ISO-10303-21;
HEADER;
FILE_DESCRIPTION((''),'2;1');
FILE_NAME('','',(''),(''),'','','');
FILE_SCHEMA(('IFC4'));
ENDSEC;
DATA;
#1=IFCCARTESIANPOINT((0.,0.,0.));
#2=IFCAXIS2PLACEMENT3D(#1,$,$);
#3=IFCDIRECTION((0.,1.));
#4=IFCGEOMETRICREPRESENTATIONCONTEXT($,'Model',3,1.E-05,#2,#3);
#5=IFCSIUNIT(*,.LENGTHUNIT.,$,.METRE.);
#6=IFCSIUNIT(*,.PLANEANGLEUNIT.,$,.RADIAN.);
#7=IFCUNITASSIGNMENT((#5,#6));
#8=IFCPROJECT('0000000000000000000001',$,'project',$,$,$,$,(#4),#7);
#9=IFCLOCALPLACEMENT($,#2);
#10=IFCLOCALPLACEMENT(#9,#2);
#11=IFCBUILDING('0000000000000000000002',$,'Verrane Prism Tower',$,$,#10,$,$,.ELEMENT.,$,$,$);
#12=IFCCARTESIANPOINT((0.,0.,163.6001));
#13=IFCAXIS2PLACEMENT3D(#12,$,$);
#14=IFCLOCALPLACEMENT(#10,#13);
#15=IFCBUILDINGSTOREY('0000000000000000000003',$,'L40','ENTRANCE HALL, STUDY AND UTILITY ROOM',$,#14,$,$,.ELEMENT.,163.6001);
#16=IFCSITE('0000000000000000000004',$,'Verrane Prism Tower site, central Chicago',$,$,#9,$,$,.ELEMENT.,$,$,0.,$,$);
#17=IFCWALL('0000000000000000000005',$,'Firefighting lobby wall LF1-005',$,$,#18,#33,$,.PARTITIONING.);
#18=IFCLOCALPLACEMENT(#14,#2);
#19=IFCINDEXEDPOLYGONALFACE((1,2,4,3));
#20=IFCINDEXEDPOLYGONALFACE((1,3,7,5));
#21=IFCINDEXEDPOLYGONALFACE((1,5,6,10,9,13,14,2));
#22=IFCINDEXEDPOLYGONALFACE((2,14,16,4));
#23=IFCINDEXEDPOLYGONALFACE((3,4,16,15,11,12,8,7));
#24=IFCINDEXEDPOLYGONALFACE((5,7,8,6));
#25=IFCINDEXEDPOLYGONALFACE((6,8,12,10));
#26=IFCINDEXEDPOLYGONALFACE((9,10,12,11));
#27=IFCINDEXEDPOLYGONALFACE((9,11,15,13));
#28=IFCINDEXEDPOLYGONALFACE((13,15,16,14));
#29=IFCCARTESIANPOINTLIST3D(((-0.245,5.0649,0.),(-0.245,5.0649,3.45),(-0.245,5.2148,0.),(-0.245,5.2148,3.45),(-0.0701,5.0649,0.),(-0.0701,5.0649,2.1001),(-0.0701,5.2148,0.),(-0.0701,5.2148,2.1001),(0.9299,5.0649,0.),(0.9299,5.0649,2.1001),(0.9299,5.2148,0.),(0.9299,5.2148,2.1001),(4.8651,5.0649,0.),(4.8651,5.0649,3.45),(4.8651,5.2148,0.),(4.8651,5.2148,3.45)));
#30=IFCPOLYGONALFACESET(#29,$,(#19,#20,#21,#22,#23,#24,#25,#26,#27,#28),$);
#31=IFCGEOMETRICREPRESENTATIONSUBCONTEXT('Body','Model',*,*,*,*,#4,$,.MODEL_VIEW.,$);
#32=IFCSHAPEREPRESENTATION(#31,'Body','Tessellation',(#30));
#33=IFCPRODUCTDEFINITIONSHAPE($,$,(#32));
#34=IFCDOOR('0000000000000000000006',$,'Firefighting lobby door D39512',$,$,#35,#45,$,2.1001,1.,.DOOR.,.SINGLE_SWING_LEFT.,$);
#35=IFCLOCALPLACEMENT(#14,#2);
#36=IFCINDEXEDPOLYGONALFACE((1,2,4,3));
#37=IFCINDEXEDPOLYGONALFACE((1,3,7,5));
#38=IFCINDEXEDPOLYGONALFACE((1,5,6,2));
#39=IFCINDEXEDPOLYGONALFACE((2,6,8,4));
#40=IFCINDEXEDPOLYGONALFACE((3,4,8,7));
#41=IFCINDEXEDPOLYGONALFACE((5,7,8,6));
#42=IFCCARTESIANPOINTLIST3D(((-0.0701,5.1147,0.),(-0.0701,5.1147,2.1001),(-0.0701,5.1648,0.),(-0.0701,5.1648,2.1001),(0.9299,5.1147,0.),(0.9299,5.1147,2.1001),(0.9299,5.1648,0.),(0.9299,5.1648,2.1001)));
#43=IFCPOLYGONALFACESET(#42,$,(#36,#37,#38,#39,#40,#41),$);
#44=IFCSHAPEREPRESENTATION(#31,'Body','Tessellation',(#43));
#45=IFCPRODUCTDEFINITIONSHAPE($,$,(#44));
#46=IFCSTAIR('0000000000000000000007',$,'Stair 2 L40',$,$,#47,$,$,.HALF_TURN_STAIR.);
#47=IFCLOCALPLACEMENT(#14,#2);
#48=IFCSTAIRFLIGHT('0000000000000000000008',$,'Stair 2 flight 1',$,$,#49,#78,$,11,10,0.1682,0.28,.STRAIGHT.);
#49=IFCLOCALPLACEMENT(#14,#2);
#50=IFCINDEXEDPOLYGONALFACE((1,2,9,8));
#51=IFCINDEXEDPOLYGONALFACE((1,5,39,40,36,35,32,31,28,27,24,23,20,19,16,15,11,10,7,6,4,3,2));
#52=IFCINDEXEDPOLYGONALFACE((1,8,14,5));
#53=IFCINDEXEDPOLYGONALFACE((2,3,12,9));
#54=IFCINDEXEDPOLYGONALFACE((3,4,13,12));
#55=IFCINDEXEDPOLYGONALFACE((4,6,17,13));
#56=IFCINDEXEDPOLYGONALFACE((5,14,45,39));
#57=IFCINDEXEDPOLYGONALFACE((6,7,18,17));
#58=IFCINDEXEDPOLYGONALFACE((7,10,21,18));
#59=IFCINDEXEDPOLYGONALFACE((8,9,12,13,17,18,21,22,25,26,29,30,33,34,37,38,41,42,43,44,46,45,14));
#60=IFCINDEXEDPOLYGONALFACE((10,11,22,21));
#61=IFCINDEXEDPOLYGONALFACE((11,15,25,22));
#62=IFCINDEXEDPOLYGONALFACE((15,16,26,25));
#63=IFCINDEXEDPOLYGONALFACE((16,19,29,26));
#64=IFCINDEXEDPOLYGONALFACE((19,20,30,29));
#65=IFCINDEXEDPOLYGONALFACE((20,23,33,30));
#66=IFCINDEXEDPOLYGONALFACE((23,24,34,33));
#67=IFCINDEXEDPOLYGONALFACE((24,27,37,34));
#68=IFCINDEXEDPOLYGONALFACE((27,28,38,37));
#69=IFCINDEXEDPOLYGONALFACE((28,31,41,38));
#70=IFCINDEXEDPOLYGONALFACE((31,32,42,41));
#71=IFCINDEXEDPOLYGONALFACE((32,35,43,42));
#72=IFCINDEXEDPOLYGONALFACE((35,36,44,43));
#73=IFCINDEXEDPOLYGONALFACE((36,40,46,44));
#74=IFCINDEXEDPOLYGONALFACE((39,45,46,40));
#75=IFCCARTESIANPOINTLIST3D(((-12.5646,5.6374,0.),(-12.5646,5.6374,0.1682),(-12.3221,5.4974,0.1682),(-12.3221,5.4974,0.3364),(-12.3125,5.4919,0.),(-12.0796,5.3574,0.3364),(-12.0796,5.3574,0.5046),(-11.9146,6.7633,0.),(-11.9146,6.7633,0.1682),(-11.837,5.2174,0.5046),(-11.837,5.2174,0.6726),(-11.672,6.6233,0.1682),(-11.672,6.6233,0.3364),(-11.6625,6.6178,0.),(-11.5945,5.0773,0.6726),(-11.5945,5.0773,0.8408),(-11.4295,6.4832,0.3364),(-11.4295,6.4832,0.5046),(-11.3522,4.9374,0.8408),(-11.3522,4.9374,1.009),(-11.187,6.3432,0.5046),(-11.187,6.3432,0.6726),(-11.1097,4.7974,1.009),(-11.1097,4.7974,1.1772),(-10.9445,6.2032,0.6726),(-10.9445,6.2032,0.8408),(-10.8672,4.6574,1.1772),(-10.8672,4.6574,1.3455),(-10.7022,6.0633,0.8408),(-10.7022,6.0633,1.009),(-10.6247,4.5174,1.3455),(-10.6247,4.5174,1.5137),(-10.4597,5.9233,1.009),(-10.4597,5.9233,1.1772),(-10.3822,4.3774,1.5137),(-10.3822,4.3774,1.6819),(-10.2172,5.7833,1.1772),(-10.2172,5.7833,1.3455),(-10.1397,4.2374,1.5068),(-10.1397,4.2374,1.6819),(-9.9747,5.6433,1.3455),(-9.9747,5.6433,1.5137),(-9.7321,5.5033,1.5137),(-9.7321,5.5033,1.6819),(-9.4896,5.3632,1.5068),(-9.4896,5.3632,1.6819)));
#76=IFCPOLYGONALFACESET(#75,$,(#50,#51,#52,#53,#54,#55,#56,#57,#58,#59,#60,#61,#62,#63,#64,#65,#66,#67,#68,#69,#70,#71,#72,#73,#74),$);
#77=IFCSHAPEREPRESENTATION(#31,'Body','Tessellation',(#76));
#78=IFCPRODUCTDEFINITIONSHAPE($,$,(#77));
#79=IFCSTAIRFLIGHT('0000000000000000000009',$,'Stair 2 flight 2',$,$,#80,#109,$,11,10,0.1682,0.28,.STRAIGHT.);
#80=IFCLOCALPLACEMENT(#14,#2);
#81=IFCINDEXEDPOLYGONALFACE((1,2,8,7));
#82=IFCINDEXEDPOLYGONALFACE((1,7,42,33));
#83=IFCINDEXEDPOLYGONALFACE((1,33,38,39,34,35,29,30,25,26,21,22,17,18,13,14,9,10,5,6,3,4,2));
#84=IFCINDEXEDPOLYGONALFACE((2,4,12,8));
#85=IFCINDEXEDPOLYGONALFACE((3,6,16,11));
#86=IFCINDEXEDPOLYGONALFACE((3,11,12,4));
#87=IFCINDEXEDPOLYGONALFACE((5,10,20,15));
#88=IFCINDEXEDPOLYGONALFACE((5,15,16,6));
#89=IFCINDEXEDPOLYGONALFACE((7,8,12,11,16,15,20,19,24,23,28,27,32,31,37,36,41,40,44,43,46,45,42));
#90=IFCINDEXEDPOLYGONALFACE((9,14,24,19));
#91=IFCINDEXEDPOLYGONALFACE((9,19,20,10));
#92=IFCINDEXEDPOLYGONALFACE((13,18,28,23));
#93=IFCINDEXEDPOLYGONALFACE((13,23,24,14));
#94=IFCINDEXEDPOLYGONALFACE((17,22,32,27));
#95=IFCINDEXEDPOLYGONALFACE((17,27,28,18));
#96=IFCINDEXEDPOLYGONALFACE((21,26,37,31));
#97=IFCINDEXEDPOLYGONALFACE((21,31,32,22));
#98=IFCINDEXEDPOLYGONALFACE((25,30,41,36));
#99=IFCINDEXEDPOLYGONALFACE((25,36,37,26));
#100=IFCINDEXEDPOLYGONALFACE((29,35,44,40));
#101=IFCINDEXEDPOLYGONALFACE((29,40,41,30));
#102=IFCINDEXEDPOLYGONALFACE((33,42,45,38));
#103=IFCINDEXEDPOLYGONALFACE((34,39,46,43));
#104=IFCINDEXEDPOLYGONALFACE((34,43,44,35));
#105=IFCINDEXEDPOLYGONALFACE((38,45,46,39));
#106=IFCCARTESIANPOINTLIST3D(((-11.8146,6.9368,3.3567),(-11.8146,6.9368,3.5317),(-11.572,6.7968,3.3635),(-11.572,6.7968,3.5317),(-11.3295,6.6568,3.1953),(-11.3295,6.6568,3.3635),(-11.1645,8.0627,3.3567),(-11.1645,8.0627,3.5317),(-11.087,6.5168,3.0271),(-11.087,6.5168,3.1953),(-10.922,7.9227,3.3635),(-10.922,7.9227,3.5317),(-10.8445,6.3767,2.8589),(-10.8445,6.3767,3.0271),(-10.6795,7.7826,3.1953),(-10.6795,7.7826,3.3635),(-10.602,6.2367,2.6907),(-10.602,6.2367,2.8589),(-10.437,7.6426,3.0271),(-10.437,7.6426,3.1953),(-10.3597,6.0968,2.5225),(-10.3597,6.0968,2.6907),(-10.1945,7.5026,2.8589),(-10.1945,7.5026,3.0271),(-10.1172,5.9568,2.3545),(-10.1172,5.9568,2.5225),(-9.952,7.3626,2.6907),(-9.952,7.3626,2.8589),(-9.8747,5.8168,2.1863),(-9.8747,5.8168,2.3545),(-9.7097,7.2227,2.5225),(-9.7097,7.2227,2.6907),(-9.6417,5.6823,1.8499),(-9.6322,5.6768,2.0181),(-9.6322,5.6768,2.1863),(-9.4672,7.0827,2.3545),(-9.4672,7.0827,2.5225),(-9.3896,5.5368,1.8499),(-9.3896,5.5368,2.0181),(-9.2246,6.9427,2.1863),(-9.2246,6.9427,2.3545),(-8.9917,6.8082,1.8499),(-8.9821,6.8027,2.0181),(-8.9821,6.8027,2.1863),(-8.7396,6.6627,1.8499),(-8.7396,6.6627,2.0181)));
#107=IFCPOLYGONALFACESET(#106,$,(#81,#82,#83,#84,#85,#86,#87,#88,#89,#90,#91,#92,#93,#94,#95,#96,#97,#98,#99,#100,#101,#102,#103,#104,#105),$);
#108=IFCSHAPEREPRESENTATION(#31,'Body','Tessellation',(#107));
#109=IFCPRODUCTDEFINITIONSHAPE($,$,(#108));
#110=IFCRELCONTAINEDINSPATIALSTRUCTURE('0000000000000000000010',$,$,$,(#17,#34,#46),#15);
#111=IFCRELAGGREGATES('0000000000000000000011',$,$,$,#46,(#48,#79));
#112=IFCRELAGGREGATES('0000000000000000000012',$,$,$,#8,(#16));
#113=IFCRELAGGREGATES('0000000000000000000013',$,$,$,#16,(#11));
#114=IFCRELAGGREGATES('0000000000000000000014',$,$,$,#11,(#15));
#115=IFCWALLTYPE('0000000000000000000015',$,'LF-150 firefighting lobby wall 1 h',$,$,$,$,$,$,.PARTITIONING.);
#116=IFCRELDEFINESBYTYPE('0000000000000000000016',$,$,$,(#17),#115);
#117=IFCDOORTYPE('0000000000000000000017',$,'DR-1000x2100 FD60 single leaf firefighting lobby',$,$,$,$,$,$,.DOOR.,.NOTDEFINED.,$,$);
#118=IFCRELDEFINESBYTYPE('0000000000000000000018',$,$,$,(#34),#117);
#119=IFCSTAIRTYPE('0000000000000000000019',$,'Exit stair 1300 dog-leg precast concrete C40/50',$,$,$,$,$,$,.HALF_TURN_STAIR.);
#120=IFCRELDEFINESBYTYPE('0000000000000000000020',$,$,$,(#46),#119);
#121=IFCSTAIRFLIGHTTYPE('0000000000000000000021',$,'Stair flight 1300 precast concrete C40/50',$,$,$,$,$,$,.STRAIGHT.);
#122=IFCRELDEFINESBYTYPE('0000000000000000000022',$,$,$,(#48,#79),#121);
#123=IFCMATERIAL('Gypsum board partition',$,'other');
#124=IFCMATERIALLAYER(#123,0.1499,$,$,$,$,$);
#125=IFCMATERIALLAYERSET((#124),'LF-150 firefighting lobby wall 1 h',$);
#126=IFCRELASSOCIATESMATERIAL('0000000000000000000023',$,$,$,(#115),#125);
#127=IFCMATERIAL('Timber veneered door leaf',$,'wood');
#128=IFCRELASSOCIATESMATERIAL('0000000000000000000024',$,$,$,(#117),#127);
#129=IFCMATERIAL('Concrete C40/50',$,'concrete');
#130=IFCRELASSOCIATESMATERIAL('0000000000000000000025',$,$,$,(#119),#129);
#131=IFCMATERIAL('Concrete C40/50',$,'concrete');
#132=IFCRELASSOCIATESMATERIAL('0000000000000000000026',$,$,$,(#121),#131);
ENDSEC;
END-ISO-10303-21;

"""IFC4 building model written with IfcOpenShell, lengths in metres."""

from ifc_helpers import new_model, si_unit, direction, frame, frame_2d, origin, place, context, subcontext, project, spatial, polyline, rectangle, outline, extrude, material, layer, layer_set, type_object, element, fill, aggregate, save


model = new_model("IFC4")

# Units and contexts
model_context = context("Model", 3, precision=1e-05, world=origin(), true_north=direction((0.0, 1.0)))
body_context = subcontext(model_context, "Body", "Model", "MODEL_VIEW")
ifc_project = project(units=[si_unit("LENGTHUNIT", "METRE"), si_unit("PLANEANGLEUNIT", "RADIAN")], contexts=[model_context])

# Site, building, storey
site_placement = place(None, origin())
site = spatial("IfcSite", under=ifc_project, at=site_placement, Name="Verrane Prism Tower site, central Chicago", CompositionType="ELEMENT", RefElevation=0.0)
building_placement = place(site_placement, origin())
building = spatial("IfcBuilding", under=site, at=building_placement, Name="Verrane Prism Tower", CompositionType="ELEMENT")
storey_placement = place(building_placement, frame((0.0, 0.0, 163.6001)))
storey = spatial("IfcBuildingStorey", under=building, at=storey_placement, Name="L40", Description="ENTRANCE HALL, STUDY AND UTILITY ROOM", CompositionType="ELEMENT", Elevation=163.6001)

# Shared definitions
ifc_material_1 = material(Name="Gypsum board partition", Category="other")
ifc_layer_1 = layer(ifc_material_1, 0.1499)
ifc_layer_set_1 = layer_set([ifc_layer_1], Name="LF-150 firefighting lobby wall 1 h")
wall_type_1 = type_object("IfcWallType", Name="LF-150 firefighting lobby wall 1 h", PredefinedType="PARTITIONING", material=ifc_layer_set_1)

# Shared definitions
ifc_material_2 = material(Name="Timber veneered door leaf", Category="wood")
door_type_1 = type_object("IfcDoorType", Name="DR-1000x2100 FD60 single leaf firefighting lobby", OperationType="NOTDEFINED", PredefinedType="DOOR", material=ifc_material_2)

# Wall, opening, door
wall_1_placement = place(storey_placement, frame((-0.2451, 5.1399, 0.0), z_axis=(0.0, 0.0, 1.0), x_axis=(1.0, 0.0, 0.0)))
wall_1 = element("IfcWall", 1, at=wall_1_placement, inside=storey, type_object=wall_type_1, Name="Firefighting lobby wall LF1-005", PredefinedType="PARTITIONING", context=body_context, shape_type="SweptSolid", body=[
    extrude(rectangle(XDim=5.1101, YDim=0.1499, at=frame_2d((2.5552, 0.0))), origin(), (0.0, 0.0, 1.0), 3.45),
])
opening_1_placement = place(wall_1_placement, frame((0.175, 0.0, 0.0)))
opening_1 = element("IfcOpeningElement", 2, at=opening_1_placement, cuts=wall_1, PredefinedType="OPENING", context=body_context, shape_type="SweptSolid", body=[
    extrude(rectangle(XDim=1.0, YDim=2.1001, at=frame_2d((0.5, 1.05))), frame((0.0, 0.085, 0.0), z_axis=(0.0, -1.0, 0.0), x_axis=(1.0, 0.0, 0.0)), (0.0, 0.0, 1.0), 0.1699),
])
door_1_placement = place(opening_1_placement, origin())
door_1 = element("IfcDoor", 3, at=door_1_placement, inside=storey, type_object=door_type_1, Name="Firefighting lobby door D39512", OperationType="SINGLE_SWING_LEFT", OverallHeight=2.1001, OverallWidth=1.0, PredefinedType="DOOR", context=body_context, shape_type="SweptSolid", body=[
    extrude(rectangle(XDim=1.0, YDim=2.1001, at=frame_2d((0.5, 1.05))), frame((0.0, 0.0249, 0.0), z_axis=(0.0, -1.0, 0.0), x_axis=(1.0, 0.0, 0.0)), (0.0, 0.0, 1.0), 0.05),
])
fill(opening_1, door_1)

# Stair, stair flights
ifc_material_3 = material(Name="Concrete C40/50", Category="concrete")
stair_type = type_object("IfcStairType", Name="Exit stair 1300 dog-leg precast concrete C40/50", PredefinedType="HALF_TURN_STAIR", material=ifc_material_3)
stair_placement = place(storey_placement, origin())
stair = element("IfcStair", 4, at=stair_placement, inside=storey, type_object=stair_type, Name="Stair 2 L40", PredefinedType="HALF_TURN_STAIR")
ifc_material_4 = material(Name="Concrete C40/50", Category="concrete")
stair_flight_type = type_object("IfcStairFlightType", Name="Stair flight 1300 precast concrete C40/50", PredefinedType="STRAIGHT", material=ifc_material_4)
stair_flight_1_placement = place(storey_placement, frame((-12.2395, 6.2004, 0.0), z_axis=(0.0, 0.0, 1.0), x_axis=(0.866025, -0.5, 0.0)))
stair_flight_1 = element("IfcStairFlight", 5, at=stair_flight_1_placement, type_object=stair_flight_type, Name="Stair 2 flight 1", NumberOfRisers=11, NumberOfTreads=10, PredefinedType="STRAIGHT", RiserHeight=0.1682, TreadLength=0.28, context=body_context, shape_type="SweptSolid", body=[
    extrude(outline(polyline([(0.0, 0.0), (0.0, 0.1682), (0.28, 0.1682), (0.28, 0.3364), (0.5601, 0.3364), (0.5601, 0.5046), (0.8401, 0.5046), (0.8401, 0.6726), (1.1201, 0.6726), (1.1201, 0.8408), (1.3999, 0.8408), (1.3999, 1.009), (1.6799, 1.009), (1.6799, 1.1772), (1.96, 1.1772), (1.96, 1.3455), (2.24, 1.3455), (2.24, 1.5137), (2.52, 1.5137), (2.52, 1.6819), (2.8, 1.6819), (2.8, 1.8501), (2.8, 1.5068), (0.291, 0.0), (0.0, 0.0)])), frame((0.0, 0.6499, 0.0), z_axis=(0.0, -1.0, 0.0), x_axis=(1.0, 0.0, 0.0)), (0.0, 0.0, 1.0), 1.3),
])
stair_flight_2_placement = place(storey_placement, frame((-9.0647, 6.0996, 1.8499), z_axis=(0.0, 0.0, 1.0), x_axis=(-0.866025, 0.5, 0.0)))
stair_flight_2 = element("IfcStairFlight", 6, at=stair_flight_2_placement, type_object=stair_flight_type, Name="Stair 2 flight 2", NumberOfRisers=11, NumberOfTreads=10, PredefinedType="STRAIGHT", RiserHeight=0.1682, TreadLength=0.28, context=body_context, shape_type="SweptSolid", body=[
    extrude(outline(polyline([(0.0, 0.0), (0.0, 0.1682), (0.28, 0.1682), (0.28, 0.3364), (0.5601, 0.3364), (0.5601, 0.5046), (0.8401, 0.5046), (0.8401, 0.6726), (1.1201, 0.6726), (1.1201, 0.8408), (1.3999, 0.8408), (1.3999, 1.009), (1.6799, 1.009), (1.6799, 1.1772), (1.96, 1.1772), (1.96, 1.3455), (2.24, 1.3455), (2.24, 1.5137), (2.52, 1.5137), (2.52, 1.6819), (2.8, 1.6819), (2.8, 1.8501), (2.8, 1.5068), (0.291, 0.0), (0.0, 0.0)])), frame((0.0, 0.6499, 0.0), z_axis=(0.0, -1.0, 0.0), x_axis=(1.0, 0.0, 0.0)), (0.0, 0.0, 1.0), 1.3),
])
aggregate(stair, [stair_flight_1, stair_flight_2])

save(model, "model.ifc")
